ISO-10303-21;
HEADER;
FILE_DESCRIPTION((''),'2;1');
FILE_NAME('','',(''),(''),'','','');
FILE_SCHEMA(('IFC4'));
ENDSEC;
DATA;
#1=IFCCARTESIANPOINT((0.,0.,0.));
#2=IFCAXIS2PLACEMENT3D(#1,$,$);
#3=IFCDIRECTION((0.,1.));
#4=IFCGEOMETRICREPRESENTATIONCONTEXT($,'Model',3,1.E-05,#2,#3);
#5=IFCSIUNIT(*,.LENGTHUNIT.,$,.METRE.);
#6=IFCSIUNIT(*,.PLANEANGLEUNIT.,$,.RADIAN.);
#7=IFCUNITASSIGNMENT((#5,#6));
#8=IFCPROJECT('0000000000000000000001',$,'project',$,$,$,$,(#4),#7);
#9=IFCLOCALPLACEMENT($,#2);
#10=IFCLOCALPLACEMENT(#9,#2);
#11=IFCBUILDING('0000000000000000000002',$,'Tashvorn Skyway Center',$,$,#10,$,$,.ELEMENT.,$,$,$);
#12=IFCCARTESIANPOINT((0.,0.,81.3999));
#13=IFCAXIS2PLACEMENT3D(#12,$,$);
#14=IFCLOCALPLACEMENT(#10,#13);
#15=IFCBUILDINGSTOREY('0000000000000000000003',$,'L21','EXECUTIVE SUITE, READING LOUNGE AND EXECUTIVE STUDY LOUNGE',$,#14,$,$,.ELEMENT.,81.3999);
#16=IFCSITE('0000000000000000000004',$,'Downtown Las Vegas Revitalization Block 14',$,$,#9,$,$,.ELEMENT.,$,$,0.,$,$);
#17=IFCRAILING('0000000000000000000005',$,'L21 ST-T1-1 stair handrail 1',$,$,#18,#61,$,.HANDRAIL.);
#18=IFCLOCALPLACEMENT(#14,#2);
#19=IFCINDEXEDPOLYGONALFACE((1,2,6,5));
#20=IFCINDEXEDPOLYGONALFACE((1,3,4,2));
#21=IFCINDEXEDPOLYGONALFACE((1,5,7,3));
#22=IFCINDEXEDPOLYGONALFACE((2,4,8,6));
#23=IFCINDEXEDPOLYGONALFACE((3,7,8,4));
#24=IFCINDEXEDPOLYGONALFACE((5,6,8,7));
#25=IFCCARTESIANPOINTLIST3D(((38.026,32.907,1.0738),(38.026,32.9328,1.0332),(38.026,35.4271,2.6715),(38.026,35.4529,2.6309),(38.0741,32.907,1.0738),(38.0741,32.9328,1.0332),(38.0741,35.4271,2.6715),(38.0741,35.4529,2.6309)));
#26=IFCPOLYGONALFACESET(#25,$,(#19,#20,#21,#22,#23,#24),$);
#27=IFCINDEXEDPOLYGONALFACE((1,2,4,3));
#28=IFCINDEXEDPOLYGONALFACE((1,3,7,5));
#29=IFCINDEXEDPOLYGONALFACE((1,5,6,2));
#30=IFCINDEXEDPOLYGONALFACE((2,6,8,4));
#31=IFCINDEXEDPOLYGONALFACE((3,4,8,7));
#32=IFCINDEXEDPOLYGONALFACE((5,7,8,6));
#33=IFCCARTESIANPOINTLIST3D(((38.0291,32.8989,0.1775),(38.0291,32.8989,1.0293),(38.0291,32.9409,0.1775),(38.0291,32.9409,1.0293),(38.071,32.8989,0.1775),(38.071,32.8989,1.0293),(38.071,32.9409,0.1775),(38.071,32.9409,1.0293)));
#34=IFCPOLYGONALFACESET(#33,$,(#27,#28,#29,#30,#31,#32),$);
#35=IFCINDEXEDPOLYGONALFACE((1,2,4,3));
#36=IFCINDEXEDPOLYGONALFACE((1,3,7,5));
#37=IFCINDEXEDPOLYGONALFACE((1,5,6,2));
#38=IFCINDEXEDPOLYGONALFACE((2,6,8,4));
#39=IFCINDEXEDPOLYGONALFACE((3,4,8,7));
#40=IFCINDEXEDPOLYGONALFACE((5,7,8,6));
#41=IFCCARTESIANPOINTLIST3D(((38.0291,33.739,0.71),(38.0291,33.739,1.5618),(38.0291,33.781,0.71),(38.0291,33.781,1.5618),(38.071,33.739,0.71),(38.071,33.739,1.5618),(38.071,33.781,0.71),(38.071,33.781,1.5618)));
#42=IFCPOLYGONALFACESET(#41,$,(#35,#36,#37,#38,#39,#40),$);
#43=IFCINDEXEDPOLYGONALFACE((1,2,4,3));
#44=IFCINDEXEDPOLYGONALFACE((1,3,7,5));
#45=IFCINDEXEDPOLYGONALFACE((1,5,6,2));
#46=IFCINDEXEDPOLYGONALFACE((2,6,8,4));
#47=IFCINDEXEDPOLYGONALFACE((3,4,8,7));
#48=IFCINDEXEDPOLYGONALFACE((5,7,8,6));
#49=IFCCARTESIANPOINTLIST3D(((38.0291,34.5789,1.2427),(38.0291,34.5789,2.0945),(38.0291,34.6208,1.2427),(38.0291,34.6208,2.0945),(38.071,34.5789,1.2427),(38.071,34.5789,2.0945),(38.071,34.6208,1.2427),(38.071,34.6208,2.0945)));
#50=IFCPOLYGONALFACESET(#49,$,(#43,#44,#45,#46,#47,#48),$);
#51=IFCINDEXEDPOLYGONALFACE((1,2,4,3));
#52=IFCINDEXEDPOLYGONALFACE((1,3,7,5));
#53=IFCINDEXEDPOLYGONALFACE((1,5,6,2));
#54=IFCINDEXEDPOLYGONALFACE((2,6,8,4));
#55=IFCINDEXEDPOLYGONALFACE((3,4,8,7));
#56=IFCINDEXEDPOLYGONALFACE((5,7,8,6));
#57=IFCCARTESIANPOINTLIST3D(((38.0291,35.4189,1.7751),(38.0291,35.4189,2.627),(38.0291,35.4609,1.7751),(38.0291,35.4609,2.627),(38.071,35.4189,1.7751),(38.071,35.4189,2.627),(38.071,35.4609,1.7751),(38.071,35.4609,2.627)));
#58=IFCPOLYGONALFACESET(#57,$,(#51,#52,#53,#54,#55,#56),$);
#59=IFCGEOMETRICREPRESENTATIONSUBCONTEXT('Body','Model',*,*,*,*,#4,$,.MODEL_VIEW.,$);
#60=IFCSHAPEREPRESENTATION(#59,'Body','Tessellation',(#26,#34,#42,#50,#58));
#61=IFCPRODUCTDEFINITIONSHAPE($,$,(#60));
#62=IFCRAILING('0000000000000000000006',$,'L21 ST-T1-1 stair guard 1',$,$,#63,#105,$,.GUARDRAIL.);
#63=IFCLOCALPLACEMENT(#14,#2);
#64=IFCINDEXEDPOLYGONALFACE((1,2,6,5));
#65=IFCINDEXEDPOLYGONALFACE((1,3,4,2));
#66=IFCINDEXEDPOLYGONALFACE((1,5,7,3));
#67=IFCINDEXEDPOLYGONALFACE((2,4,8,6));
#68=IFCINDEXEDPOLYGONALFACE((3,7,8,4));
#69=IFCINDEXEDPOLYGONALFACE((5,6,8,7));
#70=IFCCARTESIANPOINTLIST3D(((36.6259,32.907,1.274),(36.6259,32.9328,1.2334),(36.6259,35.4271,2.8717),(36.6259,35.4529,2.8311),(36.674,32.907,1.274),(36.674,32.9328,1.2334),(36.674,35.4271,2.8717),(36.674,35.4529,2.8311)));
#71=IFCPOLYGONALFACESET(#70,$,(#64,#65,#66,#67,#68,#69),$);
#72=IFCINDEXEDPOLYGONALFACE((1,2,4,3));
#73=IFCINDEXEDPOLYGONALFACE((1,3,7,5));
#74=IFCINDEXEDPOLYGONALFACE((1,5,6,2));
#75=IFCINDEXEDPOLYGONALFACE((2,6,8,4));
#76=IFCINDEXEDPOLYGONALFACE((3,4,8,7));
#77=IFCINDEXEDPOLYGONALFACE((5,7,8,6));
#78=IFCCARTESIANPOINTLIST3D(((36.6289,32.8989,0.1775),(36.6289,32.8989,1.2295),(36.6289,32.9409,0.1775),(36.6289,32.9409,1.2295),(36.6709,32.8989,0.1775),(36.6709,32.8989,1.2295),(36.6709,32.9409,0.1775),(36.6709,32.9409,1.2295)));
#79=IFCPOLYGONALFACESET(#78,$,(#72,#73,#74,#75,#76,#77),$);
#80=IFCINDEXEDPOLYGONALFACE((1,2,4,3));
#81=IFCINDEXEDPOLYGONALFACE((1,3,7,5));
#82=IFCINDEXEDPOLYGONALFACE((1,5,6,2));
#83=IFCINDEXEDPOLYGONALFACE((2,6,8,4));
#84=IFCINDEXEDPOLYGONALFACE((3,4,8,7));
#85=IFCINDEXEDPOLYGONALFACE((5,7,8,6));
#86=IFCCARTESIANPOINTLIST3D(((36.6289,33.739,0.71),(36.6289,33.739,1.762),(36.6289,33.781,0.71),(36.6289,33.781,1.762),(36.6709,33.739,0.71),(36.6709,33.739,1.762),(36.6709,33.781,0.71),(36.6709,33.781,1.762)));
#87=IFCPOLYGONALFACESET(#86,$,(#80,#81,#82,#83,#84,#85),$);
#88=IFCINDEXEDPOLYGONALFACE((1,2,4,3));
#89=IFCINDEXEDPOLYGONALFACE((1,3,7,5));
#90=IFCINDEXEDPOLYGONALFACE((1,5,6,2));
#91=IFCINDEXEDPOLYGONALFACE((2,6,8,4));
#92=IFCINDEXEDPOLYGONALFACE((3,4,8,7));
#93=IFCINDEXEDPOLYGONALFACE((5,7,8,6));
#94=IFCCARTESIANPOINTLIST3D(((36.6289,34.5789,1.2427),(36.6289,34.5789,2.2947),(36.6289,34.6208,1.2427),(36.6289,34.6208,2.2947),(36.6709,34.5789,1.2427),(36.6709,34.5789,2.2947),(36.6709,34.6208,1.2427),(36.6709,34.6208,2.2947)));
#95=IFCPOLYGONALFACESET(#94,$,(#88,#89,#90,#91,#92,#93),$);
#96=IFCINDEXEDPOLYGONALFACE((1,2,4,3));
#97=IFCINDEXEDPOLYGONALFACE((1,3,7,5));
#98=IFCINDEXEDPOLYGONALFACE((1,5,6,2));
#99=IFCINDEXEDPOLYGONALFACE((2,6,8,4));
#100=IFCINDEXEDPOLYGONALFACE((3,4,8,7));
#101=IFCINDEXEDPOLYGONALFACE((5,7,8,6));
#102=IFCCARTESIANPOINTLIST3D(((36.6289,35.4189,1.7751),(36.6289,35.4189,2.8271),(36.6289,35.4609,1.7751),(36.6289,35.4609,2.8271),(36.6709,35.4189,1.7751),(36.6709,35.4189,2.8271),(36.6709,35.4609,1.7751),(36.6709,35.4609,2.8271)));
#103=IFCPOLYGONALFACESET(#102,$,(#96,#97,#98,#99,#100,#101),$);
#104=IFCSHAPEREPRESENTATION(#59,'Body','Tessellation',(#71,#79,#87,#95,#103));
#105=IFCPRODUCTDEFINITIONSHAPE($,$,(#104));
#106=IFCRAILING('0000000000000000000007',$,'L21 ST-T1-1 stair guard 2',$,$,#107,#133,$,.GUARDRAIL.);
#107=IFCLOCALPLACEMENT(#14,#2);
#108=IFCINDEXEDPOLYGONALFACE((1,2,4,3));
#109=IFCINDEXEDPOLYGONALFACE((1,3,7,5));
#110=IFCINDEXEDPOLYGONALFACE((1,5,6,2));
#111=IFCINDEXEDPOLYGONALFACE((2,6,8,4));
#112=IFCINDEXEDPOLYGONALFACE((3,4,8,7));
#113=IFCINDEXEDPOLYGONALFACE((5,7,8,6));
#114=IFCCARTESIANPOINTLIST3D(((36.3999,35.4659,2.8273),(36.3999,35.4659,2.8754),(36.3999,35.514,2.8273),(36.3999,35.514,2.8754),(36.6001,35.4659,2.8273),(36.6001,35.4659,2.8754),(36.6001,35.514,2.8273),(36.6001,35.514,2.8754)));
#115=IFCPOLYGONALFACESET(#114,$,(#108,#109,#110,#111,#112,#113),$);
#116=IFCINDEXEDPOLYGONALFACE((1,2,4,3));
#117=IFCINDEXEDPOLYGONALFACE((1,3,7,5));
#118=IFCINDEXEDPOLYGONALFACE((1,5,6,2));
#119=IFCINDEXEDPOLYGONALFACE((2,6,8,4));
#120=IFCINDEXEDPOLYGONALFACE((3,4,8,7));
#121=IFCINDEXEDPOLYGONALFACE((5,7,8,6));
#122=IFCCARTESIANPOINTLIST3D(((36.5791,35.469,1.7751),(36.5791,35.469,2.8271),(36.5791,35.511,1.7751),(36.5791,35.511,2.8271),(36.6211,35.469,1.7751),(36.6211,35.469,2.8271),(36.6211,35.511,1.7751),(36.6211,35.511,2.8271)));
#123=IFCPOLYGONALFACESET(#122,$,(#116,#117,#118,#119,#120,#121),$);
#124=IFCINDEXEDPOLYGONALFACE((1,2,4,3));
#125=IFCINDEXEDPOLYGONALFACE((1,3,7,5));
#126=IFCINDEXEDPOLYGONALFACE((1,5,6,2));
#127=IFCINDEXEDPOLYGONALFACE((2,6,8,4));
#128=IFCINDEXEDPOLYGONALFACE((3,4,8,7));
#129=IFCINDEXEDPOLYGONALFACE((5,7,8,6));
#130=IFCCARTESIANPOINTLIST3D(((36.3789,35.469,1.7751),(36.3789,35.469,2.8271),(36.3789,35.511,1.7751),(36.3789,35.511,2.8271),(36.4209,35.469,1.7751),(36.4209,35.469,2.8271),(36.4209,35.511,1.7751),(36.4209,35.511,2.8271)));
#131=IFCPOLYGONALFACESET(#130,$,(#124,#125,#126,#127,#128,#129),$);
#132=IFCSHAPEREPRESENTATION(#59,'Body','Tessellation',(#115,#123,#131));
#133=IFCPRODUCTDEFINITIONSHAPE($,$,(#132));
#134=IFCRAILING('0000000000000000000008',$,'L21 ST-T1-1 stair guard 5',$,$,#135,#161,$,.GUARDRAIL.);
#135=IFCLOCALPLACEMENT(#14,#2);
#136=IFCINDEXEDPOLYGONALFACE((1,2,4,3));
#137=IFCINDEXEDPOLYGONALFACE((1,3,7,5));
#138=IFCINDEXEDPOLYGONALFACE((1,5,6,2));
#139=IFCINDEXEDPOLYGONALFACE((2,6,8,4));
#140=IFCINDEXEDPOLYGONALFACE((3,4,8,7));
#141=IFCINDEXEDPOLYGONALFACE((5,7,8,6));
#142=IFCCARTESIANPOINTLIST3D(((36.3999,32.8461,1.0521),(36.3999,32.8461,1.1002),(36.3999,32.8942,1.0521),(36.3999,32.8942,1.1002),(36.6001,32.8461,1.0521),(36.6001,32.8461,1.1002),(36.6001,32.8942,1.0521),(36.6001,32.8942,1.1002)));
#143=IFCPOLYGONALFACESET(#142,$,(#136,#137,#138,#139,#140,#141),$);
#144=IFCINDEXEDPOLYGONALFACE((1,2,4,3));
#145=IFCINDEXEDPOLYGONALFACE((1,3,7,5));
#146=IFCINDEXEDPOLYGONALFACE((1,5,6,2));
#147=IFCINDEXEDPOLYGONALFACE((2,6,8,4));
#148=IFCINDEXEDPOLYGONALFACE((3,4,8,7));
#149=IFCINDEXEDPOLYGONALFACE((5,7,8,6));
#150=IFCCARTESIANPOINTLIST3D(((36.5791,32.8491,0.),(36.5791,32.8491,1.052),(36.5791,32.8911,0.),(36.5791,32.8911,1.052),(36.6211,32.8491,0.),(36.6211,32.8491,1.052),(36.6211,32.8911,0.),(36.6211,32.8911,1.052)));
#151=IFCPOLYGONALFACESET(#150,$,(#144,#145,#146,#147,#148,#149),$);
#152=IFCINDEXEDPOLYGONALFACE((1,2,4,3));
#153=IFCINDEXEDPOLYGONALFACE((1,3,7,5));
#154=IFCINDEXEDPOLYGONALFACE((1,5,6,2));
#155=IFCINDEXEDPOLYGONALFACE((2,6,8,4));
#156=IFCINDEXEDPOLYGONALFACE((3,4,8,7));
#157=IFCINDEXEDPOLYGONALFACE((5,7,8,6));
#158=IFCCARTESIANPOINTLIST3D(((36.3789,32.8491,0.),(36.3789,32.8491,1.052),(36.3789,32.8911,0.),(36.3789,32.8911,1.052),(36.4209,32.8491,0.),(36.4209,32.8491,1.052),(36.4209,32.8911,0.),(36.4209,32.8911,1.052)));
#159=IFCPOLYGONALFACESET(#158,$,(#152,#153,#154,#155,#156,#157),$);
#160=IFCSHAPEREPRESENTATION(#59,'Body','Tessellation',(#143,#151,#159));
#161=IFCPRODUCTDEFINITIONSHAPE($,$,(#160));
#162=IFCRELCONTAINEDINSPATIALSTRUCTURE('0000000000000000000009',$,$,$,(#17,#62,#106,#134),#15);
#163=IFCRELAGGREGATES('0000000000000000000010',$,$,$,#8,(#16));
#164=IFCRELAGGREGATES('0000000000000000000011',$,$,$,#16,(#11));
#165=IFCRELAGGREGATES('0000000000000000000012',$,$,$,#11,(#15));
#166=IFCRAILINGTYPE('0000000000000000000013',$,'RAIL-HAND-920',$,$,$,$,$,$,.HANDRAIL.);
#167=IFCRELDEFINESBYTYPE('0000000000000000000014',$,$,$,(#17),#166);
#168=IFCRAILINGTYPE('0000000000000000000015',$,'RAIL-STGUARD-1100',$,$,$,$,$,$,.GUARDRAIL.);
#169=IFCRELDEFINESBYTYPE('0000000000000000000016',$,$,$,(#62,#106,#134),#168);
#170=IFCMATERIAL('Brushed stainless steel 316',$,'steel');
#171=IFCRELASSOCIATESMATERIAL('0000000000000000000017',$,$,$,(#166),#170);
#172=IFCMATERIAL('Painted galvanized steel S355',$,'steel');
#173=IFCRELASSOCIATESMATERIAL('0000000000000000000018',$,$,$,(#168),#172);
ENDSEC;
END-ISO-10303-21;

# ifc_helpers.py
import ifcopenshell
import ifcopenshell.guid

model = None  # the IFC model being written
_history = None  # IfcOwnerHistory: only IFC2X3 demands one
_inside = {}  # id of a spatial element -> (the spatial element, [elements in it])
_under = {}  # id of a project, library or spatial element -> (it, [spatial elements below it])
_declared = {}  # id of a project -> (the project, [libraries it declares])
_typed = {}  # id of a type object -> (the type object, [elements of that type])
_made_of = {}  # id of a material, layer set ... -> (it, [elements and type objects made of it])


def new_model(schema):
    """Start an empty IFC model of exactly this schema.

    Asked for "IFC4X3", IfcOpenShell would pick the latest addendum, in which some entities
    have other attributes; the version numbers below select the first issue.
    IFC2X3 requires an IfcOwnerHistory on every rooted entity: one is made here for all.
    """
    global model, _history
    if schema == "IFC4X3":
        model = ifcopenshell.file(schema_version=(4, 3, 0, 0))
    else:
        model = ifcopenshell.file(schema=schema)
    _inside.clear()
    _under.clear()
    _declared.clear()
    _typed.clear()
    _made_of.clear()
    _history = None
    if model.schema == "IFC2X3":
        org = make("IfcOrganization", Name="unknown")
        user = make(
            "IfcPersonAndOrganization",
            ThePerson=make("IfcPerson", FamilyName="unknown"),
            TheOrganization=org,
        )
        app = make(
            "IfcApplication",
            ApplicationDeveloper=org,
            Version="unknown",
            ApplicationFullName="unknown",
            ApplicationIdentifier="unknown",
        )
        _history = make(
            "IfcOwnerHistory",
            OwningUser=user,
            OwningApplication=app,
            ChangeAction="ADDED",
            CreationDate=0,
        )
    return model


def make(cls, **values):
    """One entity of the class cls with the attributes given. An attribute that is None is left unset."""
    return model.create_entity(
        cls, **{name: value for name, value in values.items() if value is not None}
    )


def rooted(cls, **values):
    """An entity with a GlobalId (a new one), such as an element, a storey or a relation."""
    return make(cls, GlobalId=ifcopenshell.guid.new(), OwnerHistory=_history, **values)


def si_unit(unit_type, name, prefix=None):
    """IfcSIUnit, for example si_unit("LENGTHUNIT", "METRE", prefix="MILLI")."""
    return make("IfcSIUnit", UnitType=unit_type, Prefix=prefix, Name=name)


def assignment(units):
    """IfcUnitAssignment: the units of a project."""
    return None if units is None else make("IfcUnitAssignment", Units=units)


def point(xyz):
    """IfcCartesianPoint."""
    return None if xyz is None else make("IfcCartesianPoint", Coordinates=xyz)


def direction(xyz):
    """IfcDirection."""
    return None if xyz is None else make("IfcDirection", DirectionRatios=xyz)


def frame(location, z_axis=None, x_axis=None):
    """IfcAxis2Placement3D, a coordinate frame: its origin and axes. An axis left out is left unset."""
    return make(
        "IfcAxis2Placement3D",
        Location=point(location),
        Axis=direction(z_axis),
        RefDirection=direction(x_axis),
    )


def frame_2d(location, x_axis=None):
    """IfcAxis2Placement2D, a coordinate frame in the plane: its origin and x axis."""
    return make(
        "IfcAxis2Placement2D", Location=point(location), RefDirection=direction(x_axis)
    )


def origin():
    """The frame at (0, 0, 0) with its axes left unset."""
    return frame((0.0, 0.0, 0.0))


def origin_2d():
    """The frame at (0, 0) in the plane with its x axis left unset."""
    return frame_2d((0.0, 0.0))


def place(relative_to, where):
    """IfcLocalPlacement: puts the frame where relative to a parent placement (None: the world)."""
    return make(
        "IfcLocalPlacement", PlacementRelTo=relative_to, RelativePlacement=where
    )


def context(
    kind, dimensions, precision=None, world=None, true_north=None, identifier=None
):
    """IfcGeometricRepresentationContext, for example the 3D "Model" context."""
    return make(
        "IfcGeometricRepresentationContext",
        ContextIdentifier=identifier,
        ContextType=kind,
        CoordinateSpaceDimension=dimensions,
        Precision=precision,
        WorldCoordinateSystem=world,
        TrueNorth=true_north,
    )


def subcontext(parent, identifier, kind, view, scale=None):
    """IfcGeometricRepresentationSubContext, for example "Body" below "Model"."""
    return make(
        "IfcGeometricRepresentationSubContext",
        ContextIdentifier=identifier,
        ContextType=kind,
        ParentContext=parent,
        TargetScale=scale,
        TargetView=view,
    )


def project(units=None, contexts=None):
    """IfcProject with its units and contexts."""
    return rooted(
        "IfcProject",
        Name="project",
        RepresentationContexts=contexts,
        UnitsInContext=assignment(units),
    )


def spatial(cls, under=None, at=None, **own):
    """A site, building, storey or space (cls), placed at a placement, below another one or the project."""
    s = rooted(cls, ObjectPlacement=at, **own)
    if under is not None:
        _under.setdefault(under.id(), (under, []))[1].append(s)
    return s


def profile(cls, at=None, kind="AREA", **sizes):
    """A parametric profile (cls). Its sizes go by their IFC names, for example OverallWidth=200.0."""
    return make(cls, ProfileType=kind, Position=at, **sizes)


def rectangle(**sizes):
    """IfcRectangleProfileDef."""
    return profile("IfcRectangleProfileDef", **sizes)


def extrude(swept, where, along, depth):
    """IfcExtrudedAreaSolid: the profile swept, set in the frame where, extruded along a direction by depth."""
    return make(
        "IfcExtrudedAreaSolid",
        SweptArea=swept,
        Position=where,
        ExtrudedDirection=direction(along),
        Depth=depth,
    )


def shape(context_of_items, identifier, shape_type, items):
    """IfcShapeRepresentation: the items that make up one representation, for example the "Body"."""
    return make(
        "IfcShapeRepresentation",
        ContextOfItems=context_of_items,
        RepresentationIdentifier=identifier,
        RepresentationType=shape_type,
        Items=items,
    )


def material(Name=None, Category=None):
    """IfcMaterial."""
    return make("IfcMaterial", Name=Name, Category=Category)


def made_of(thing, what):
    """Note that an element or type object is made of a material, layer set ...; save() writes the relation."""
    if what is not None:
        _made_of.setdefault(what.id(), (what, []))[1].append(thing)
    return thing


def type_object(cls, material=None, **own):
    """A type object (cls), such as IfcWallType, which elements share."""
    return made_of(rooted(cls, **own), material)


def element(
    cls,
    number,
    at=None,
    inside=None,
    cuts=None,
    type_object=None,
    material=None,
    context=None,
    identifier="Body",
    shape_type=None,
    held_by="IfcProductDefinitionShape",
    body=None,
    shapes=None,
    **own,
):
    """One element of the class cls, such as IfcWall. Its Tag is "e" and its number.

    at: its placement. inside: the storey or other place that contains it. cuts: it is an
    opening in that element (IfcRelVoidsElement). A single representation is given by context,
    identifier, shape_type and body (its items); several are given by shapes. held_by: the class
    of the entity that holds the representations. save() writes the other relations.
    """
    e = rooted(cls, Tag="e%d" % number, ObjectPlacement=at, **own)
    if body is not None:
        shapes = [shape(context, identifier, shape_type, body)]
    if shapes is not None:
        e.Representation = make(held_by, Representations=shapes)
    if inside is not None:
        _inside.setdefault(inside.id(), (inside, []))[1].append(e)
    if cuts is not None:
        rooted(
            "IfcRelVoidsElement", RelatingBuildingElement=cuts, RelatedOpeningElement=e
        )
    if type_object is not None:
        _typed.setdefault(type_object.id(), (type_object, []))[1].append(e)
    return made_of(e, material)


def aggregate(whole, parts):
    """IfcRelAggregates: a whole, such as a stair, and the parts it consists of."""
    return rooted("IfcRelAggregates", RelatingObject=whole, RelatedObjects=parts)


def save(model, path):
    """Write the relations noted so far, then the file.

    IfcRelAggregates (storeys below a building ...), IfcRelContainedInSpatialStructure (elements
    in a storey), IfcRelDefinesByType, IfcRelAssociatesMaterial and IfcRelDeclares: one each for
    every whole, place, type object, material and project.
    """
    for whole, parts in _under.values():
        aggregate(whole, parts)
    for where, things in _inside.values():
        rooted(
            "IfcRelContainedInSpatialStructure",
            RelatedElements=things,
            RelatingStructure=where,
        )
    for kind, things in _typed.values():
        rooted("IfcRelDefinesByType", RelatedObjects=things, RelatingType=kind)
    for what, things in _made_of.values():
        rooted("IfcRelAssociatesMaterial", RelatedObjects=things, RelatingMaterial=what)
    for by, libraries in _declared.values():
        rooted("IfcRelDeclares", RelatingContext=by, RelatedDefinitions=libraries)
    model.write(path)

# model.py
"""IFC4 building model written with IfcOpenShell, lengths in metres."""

from ifc_helpers import new_model, si_unit, direction, frame, origin, origin_2d, place, context, subcontext, project, spatial, rectangle, extrude, material, type_object, element, save


model = new_model("IFC4")

# Units and contexts
model_context = context("Model", 3, precision=1e-05, world=origin(), true_north=direction((0.0, 1.0)))
body_context = subcontext(model_context, "Body", "Model", "MODEL_VIEW")
ifc_project = project(units=[si_unit("LENGTHUNIT", "METRE"), si_unit("PLANEANGLEUNIT", "RADIAN")], contexts=[model_context])

# Site, building, storey
site_placement = place(None, origin())
site = spatial("IfcSite", under=ifc_project, at=site_placement, Name="Downtown Las Vegas Revitalization Block 14", CompositionType="ELEMENT", RefElevation=0.0)
building_placement = place(site_placement, origin())
building = spatial("IfcBuilding", under=site, at=building_placement, Name="Tashvorn Skyway Center", CompositionType="ELEMENT")
storey_placement = place(building_placement, frame((0.0, 0.0, 81.3999)))
storey = spatial("IfcBuildingStorey", under=building, at=storey_placement, Name="L21", Description="EXECUTIVE SUITE, READING LOUNGE AND EXECUTIVE STUDY LOUNGE", CompositionType="ELEMENT", Elevation=81.3999)

# Railings
ifc_material_1 = material(Name="Brushed stainless steel 316", Category="steel")
railing_type_1 = type_object("IfcRailingType", Name="RAIL-HAND-920", PredefinedType="HANDRAIL", material=ifc_material_1)
railing_1_placement = place(storey_placement, frame((38.05, 32.9199, 0.1775)))
element("IfcRailing", 1, at=railing_1_placement, inside=storey, type_object=railing_type_1, Name="L21 ST-T1-1 stair handrail 1", PredefinedType="HANDRAIL", context=body_context, shape_type="SweptSolid", body=[
    extrude(rectangle(XDim=0.0481, YDim=0.0481, at=origin_2d()), frame((0.0, 0.0, 0.876), z_axis=(0.0, 0.84457, 0.535445), x_axis=(-1.0, 0.0, 0.0)), (0.0, 0.0, 1.0), 2.9839),
    extrude(rectangle(XDim=0.042, YDim=0.042, at=origin_2d()), origin(), (0.0, 0.0, 1.0), 0.8518),
    extrude(rectangle(XDim=0.042, YDim=0.042, at=origin_2d()), frame((0.0, 0.8401, 0.5325)), (0.0, 0.0, 1.0), 0.8518),
    extrude(rectangle(XDim=0.042, YDim=0.042, at=origin_2d()), frame((0.0, 1.6799, 1.0652)), (0.0, 0.0, 1.0), 0.8518),
    extrude(rectangle(XDim=0.042, YDim=0.042, at=origin_2d()), frame((0.0, 2.52, 1.5977)), (0.0, 0.0, 1.0), 0.8518),
])
ifc_material_2 = material(Name="Painted galvanized steel S355", Category="steel")
railing_type_2 = type_object("IfcRailingType", Name="RAIL-STGUARD-1100", PredefinedType="GUARDRAIL", material=ifc_material_2)
railing_2_placement = place(storey_placement, frame((36.6499, 32.9199, 0.1775)))
element("IfcRailing", 2, at=railing_2_placement, inside=storey, type_object=railing_type_2, Name="L21 ST-T1-1 stair guard 1", PredefinedType="GUARDRAIL", context=body_context, shape_type="SweptSolid", body=[
    extrude(rectangle(XDim=0.0481, YDim=0.0481, at=origin_2d()), frame((0.0, 0.0, 1.0762), z_axis=(0.0, 0.84457, 0.535445), x_axis=(-1.0, 0.0, 0.0)), (0.0, 0.0, 1.0), 2.9839),
    extrude(rectangle(XDim=0.042, YDim=0.042, at=origin_2d()), origin(), (0.0, 0.0, 1.0), 1.052),
    extrude(rectangle(XDim=0.042, YDim=0.042, at=origin_2d()), frame((0.0, 0.8401, 0.5325)), (0.0, 0.0, 1.0), 1.052),
    extrude(rectangle(XDim=0.042, YDim=0.042, at=origin_2d()), frame((0.0, 1.6799, 1.0652)), (0.0, 0.0, 1.0), 1.052),
    extrude(rectangle(XDim=0.042, YDim=0.042, at=origin_2d()), frame((0.0, 2.52, 1.5977)), (0.0, 0.0, 1.0), 1.052),
])
for number, where, name in (
    (3, (36.6001, 35.49, 1.7751), "L21 ST-T1-1 stair guard 2"),
    (4, (36.6001, 32.8701, 0.0), "L21 ST-T1-1 stair guard 5"),
):
    element("IfcRailing", number, at=place(storey_placement, frame(where)), inside=storey, type_object=railing_type_2, Name=name, PredefinedType="GUARDRAIL", context=body_context, shape_type="SweptSolid", body=[
        extrude(rectangle(XDim=0.0481, YDim=0.0481, at=origin_2d()), frame((0.0, 0.0, 1.0762), z_axis=(-1.0, 0.0, 0.0), x_axis=(0.0, -1.0, 0.0)), (0.0, 0.0, 1.0), 0.2002),
        extrude(rectangle(XDim=0.042, YDim=0.042, at=origin_2d()), origin(), (0.0, 0.0, 1.0), 1.052),
        extrude(rectangle(XDim=0.042, YDim=0.042, at=origin_2d()), frame((-0.2002, 0.0, 0.0)), (0.0, 0.0, 1.0), 1.052),
    ])

save(model, "model.ifc")
